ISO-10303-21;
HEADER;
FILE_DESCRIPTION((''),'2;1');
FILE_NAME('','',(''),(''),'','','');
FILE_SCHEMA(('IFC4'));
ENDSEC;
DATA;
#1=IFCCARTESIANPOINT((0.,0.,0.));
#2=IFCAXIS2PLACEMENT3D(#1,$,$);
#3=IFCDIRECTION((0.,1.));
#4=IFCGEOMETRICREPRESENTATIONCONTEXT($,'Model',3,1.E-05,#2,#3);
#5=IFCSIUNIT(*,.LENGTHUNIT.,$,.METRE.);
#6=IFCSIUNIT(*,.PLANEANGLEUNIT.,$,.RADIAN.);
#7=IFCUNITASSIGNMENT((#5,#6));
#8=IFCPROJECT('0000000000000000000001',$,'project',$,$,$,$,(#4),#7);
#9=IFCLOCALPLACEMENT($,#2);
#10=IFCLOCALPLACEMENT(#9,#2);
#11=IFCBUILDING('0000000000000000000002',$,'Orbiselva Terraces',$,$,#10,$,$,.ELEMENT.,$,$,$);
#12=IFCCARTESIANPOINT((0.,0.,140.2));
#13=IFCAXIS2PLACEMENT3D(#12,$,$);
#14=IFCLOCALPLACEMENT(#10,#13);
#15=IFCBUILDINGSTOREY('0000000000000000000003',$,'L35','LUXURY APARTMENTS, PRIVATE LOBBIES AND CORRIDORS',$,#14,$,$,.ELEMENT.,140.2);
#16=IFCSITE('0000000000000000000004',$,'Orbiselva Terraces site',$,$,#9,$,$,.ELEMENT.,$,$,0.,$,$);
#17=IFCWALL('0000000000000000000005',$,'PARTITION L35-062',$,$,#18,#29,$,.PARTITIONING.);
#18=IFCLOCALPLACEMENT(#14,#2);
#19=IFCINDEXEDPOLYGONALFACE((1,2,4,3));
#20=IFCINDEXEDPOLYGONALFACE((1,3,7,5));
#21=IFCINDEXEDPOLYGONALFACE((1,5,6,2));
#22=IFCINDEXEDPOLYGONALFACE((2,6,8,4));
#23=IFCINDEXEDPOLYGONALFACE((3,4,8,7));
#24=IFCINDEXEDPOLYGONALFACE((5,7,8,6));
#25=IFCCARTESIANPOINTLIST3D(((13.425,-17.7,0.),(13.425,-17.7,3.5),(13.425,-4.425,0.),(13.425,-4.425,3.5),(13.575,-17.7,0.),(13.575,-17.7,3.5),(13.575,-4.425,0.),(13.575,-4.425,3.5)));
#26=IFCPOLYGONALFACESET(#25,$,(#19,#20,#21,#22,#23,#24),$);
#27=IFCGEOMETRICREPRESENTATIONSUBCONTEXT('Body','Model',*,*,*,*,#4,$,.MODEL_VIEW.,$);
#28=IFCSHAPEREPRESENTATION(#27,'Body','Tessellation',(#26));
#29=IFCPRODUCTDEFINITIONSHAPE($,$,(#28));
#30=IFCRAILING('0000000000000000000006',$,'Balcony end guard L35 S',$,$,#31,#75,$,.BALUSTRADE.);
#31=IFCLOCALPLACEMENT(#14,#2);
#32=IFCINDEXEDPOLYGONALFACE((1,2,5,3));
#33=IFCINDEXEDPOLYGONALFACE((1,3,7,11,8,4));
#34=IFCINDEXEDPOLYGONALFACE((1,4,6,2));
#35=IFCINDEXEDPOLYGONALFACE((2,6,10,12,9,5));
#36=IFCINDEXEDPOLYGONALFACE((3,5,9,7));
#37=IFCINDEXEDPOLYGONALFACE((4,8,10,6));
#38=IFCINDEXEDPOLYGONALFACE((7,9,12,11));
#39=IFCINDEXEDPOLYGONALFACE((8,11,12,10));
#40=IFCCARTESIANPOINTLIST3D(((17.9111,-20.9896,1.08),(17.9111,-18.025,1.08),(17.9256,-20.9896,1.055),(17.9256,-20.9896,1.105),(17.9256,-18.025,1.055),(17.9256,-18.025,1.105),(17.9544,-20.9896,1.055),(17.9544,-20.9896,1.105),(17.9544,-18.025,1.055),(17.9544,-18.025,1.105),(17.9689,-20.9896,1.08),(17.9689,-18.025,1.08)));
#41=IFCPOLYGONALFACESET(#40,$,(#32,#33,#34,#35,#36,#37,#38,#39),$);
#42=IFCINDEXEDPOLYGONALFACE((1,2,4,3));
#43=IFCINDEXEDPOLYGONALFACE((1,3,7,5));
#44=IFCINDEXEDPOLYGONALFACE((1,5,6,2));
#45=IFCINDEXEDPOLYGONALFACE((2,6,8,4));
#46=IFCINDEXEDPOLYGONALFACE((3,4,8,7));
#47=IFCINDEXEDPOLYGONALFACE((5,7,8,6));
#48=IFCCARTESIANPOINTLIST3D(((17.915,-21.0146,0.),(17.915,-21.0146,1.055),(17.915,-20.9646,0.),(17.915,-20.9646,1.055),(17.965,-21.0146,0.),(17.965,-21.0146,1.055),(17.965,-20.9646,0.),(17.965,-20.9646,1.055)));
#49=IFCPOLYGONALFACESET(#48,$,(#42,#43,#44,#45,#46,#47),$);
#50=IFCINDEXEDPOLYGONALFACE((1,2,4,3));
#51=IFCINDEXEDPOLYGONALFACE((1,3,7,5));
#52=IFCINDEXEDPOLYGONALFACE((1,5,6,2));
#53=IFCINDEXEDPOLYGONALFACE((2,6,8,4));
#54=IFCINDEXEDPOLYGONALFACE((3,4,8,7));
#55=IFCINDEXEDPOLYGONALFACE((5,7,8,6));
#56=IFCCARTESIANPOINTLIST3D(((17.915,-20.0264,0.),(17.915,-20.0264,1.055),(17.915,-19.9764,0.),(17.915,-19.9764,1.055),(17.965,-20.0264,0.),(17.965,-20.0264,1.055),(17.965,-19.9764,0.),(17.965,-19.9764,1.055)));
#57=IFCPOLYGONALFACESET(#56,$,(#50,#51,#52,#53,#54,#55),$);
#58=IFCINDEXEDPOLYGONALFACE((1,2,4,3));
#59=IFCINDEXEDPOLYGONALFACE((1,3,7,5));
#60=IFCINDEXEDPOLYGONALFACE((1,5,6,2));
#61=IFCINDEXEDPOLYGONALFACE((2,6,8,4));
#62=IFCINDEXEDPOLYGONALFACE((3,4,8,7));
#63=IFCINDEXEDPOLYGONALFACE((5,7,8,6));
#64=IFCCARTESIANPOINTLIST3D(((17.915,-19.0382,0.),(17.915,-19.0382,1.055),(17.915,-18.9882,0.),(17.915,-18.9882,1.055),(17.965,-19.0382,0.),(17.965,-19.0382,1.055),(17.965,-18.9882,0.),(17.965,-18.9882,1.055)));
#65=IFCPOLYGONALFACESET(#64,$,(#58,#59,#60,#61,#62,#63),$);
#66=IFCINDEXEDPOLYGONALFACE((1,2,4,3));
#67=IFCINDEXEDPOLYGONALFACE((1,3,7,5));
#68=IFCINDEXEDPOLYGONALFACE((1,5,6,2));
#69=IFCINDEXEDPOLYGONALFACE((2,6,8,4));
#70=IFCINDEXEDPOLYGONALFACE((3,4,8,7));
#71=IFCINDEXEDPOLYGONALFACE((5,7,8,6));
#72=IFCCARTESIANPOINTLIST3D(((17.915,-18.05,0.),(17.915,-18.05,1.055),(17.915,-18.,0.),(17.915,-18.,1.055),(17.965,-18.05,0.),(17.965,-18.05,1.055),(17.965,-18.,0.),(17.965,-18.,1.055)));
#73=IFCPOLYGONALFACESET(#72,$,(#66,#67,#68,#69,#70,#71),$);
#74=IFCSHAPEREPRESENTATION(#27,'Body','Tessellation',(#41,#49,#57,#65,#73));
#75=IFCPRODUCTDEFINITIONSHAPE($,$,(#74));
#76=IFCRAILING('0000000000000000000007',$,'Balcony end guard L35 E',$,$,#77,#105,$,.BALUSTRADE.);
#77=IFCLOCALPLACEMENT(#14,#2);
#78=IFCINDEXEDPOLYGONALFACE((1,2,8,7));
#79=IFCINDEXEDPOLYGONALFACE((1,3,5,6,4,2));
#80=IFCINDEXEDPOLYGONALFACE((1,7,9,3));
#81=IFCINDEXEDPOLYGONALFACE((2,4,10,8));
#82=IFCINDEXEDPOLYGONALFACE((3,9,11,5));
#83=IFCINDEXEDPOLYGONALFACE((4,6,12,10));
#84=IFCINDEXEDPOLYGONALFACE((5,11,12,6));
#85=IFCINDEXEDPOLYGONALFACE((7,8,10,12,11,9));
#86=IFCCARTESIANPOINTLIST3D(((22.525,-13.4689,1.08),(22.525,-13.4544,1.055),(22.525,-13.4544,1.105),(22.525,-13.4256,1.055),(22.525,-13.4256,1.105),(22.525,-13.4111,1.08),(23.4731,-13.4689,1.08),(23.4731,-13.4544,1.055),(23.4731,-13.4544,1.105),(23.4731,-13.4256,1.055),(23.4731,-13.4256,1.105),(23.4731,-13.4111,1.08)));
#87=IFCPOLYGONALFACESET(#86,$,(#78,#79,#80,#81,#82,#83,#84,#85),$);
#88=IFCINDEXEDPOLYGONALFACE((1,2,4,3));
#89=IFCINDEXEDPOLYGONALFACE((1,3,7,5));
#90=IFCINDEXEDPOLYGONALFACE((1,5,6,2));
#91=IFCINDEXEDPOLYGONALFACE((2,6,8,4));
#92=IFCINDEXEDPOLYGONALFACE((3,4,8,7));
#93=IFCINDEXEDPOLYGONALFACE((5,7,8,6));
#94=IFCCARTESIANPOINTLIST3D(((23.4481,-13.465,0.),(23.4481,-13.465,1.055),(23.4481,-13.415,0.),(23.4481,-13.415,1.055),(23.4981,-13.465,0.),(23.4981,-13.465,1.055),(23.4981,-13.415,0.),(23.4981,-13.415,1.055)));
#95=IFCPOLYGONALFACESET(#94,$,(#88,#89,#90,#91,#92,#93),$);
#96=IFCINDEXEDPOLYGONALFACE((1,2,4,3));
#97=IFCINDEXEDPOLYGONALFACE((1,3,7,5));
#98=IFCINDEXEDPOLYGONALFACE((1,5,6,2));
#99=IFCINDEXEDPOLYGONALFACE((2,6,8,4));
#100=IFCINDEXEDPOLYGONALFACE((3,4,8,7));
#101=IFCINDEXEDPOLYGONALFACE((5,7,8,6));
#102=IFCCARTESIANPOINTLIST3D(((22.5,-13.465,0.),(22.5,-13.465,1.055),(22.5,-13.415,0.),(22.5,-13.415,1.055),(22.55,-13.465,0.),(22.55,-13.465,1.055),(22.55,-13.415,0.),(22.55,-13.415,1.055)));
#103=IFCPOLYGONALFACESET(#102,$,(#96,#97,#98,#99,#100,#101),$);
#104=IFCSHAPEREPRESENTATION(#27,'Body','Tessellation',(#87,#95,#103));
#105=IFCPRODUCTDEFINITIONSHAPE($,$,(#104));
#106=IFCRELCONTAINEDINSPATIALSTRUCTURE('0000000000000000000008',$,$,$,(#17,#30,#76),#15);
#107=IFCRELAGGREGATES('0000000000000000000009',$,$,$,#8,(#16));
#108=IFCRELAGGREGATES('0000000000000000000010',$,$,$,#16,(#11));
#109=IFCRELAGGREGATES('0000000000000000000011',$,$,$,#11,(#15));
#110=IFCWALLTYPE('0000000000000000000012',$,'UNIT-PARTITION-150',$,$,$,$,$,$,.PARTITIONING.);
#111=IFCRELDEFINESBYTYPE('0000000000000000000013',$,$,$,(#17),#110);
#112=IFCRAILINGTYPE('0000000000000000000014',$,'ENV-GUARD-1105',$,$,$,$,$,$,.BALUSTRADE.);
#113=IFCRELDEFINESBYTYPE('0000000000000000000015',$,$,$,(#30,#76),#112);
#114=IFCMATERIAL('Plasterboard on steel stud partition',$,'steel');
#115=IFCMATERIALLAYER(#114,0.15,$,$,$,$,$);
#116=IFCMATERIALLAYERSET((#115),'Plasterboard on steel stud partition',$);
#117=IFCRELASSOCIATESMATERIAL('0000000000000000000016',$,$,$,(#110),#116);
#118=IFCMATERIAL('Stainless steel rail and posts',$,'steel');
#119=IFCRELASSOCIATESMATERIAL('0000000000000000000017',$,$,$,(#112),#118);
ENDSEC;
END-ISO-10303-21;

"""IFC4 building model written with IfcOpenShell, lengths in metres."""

from ifc_helpers import new_model, si_unit, direction, frame, frame_2d, origin, origin_2d, place, context, subcontext, project, spatial, polyline, rectangle, outline, extrude, material, layer, layer_set, type_object, element, save


model = new_model("IFC4")

# Units and contexts
model_context = context("Model", 3, precision=1e-05, world=origin(), true_north=direction((0.0, 1.0)))
body_context = subcontext(model_context, "Body", "Model", "MODEL_VIEW")
ifc_project = project(units=[si_unit("LENGTHUNIT", "METRE"), si_unit("PLANEANGLEUNIT", "RADIAN")], contexts=[model_context])

# Site, building, storey
site_placement = place(None, origin())
site = spatial("IfcSite", under=ifc_project, at=site_placement, Name="Orbiselva Terraces site", CompositionType="ELEMENT", RefElevation=0.0)
building_placement = place(site_placement, origin())
building = spatial("IfcBuilding", under=site, at=building_placement, Name="Orbiselva Terraces", CompositionType="ELEMENT")
storey_placement = place(building_placement, frame((0.0, 0.0, 140.2)))
storey = spatial("IfcBuildingStorey", under=building, at=storey_placement, Name="L35", Description="LUXURY APARTMENTS, PRIVATE LOBBIES AND CORRIDORS", CompositionType="ELEMENT", Elevation=140.2)

# Wall
ifc_material_1 = material(Name="Plasterboard on steel stud partition", Category="steel")
ifc_layer_1 = layer(ifc_material_1, 0.15)
ifc_layer_set_1 = layer_set([ifc_layer_1], Name="Plasterboard on steel stud partition")
wall_type_1 = type_object("IfcWallType", Name="UNIT-PARTITION-150", PredefinedType="PARTITIONING", material=ifc_layer_set_1)
wall_1_placement = place(storey_placement, frame((13.5, -17.7, 0.0), z_axis=(0.0, 0.0, 1.0), x_axis=(0.0, 1.0, 0.0)))
element("IfcWall", 1, at=wall_1_placement, inside=storey, type_object=wall_type_1, Name="PARTITION L35-062", PredefinedType="PARTITIONING", context=body_context, shape_type="SweptSolid", body=[
    extrude(rectangle(XDim=13.275, YDim=0.15, at=frame_2d((6.6375, 0.0))), origin(), (0.0, 0.0, 1.0), 3.5),
])

# Railings
ifc_material_2 = material(Name="Stainless steel rail and posts", Category="steel")
railing_type_1 = type_object("IfcRailingType", Name="ENV-GUARD-1105", PredefinedType="BALUSTRADE", material=ifc_material_2)
railing_1_placement = place(storey_placement, frame((17.94, -20.9896, 0.0)))
element("IfcRailing", 2, at=railing_1_placement, inside=storey, type_object=railing_type_1, Name="Balcony end guard L35 S", PredefinedType="BALUSTRADE", context=body_context, shape_type="SweptSolid", body=[
    extrude(outline(polyline([(0.0289, 0.0), (0.0144, 0.025), (-0.0144, 0.025), (-0.0289, 0.0), (-0.0144, -0.025), (0.0144, -0.025), (0.0289, 0.0)])), frame((0.0, 0.0, 1.08), z_axis=(0.0, 1.0, 0.0), x_axis=(-1.0, 0.0, 0.0)), (0.0, 0.0, 1.0), 2.9646),
    extrude(rectangle(XDim=0.05, YDim=0.05, at=origin_2d()), origin(), (0.0, 0.0, 1.0), 1.055),
    extrude(rectangle(XDim=0.05, YDim=0.05, at=origin_2d()), frame((0.0, 0.9882, 0.0)), (0.0, 0.0, 1.0), 1.055),
    extrude(rectangle(XDim=0.05, YDim=0.05, at=origin_2d()), frame((0.0, 1.9764, 0.0)), (0.0, 0.0, 1.0), 1.055),
    extrude(rectangle(XDim=0.05, YDim=0.05, at=origin_2d()), frame((0.0, 2.9646, 0.0)), (0.0, 0.0, 1.0), 1.055),
])
railing_2_placement = place(storey_placement, frame((23.4731, -13.44, 0.0)))
element("IfcRailing", 3, at=railing_2_placement, inside=storey, type_object=railing_type_1, Name="Balcony end guard L35 E", PredefinedType="BALUSTRADE", context=body_context, shape_type="SweptSolid", body=[
    extrude(outline(polyline([(0.0289, 0.0), (0.0144, 0.025), (-0.0144, 0.025), (-0.0289, 0.0), (-0.0144, -0.025), (0.0144, -0.025), (0.0289, 0.0)])), frame((0.0, 0.0, 1.08), z_axis=(-1.0, 0.0, 0.0), x_axis=(0.0, -1.0, 0.0)), (0.0, 0.0, 1.0), 0.9481),
    extrude(rectangle(XDim=0.05, YDim=0.05, at=origin_2d()), origin(), (0.0, 0.0, 1.0), 1.055),
    extrude(rectangle(XDim=0.05, YDim=0.05, at=origin_2d()), frame((-0.9481, 0.0, 0.0)), (0.0, 0.0, 1.0), 1.055),
])

save(model, "model.ifc")
